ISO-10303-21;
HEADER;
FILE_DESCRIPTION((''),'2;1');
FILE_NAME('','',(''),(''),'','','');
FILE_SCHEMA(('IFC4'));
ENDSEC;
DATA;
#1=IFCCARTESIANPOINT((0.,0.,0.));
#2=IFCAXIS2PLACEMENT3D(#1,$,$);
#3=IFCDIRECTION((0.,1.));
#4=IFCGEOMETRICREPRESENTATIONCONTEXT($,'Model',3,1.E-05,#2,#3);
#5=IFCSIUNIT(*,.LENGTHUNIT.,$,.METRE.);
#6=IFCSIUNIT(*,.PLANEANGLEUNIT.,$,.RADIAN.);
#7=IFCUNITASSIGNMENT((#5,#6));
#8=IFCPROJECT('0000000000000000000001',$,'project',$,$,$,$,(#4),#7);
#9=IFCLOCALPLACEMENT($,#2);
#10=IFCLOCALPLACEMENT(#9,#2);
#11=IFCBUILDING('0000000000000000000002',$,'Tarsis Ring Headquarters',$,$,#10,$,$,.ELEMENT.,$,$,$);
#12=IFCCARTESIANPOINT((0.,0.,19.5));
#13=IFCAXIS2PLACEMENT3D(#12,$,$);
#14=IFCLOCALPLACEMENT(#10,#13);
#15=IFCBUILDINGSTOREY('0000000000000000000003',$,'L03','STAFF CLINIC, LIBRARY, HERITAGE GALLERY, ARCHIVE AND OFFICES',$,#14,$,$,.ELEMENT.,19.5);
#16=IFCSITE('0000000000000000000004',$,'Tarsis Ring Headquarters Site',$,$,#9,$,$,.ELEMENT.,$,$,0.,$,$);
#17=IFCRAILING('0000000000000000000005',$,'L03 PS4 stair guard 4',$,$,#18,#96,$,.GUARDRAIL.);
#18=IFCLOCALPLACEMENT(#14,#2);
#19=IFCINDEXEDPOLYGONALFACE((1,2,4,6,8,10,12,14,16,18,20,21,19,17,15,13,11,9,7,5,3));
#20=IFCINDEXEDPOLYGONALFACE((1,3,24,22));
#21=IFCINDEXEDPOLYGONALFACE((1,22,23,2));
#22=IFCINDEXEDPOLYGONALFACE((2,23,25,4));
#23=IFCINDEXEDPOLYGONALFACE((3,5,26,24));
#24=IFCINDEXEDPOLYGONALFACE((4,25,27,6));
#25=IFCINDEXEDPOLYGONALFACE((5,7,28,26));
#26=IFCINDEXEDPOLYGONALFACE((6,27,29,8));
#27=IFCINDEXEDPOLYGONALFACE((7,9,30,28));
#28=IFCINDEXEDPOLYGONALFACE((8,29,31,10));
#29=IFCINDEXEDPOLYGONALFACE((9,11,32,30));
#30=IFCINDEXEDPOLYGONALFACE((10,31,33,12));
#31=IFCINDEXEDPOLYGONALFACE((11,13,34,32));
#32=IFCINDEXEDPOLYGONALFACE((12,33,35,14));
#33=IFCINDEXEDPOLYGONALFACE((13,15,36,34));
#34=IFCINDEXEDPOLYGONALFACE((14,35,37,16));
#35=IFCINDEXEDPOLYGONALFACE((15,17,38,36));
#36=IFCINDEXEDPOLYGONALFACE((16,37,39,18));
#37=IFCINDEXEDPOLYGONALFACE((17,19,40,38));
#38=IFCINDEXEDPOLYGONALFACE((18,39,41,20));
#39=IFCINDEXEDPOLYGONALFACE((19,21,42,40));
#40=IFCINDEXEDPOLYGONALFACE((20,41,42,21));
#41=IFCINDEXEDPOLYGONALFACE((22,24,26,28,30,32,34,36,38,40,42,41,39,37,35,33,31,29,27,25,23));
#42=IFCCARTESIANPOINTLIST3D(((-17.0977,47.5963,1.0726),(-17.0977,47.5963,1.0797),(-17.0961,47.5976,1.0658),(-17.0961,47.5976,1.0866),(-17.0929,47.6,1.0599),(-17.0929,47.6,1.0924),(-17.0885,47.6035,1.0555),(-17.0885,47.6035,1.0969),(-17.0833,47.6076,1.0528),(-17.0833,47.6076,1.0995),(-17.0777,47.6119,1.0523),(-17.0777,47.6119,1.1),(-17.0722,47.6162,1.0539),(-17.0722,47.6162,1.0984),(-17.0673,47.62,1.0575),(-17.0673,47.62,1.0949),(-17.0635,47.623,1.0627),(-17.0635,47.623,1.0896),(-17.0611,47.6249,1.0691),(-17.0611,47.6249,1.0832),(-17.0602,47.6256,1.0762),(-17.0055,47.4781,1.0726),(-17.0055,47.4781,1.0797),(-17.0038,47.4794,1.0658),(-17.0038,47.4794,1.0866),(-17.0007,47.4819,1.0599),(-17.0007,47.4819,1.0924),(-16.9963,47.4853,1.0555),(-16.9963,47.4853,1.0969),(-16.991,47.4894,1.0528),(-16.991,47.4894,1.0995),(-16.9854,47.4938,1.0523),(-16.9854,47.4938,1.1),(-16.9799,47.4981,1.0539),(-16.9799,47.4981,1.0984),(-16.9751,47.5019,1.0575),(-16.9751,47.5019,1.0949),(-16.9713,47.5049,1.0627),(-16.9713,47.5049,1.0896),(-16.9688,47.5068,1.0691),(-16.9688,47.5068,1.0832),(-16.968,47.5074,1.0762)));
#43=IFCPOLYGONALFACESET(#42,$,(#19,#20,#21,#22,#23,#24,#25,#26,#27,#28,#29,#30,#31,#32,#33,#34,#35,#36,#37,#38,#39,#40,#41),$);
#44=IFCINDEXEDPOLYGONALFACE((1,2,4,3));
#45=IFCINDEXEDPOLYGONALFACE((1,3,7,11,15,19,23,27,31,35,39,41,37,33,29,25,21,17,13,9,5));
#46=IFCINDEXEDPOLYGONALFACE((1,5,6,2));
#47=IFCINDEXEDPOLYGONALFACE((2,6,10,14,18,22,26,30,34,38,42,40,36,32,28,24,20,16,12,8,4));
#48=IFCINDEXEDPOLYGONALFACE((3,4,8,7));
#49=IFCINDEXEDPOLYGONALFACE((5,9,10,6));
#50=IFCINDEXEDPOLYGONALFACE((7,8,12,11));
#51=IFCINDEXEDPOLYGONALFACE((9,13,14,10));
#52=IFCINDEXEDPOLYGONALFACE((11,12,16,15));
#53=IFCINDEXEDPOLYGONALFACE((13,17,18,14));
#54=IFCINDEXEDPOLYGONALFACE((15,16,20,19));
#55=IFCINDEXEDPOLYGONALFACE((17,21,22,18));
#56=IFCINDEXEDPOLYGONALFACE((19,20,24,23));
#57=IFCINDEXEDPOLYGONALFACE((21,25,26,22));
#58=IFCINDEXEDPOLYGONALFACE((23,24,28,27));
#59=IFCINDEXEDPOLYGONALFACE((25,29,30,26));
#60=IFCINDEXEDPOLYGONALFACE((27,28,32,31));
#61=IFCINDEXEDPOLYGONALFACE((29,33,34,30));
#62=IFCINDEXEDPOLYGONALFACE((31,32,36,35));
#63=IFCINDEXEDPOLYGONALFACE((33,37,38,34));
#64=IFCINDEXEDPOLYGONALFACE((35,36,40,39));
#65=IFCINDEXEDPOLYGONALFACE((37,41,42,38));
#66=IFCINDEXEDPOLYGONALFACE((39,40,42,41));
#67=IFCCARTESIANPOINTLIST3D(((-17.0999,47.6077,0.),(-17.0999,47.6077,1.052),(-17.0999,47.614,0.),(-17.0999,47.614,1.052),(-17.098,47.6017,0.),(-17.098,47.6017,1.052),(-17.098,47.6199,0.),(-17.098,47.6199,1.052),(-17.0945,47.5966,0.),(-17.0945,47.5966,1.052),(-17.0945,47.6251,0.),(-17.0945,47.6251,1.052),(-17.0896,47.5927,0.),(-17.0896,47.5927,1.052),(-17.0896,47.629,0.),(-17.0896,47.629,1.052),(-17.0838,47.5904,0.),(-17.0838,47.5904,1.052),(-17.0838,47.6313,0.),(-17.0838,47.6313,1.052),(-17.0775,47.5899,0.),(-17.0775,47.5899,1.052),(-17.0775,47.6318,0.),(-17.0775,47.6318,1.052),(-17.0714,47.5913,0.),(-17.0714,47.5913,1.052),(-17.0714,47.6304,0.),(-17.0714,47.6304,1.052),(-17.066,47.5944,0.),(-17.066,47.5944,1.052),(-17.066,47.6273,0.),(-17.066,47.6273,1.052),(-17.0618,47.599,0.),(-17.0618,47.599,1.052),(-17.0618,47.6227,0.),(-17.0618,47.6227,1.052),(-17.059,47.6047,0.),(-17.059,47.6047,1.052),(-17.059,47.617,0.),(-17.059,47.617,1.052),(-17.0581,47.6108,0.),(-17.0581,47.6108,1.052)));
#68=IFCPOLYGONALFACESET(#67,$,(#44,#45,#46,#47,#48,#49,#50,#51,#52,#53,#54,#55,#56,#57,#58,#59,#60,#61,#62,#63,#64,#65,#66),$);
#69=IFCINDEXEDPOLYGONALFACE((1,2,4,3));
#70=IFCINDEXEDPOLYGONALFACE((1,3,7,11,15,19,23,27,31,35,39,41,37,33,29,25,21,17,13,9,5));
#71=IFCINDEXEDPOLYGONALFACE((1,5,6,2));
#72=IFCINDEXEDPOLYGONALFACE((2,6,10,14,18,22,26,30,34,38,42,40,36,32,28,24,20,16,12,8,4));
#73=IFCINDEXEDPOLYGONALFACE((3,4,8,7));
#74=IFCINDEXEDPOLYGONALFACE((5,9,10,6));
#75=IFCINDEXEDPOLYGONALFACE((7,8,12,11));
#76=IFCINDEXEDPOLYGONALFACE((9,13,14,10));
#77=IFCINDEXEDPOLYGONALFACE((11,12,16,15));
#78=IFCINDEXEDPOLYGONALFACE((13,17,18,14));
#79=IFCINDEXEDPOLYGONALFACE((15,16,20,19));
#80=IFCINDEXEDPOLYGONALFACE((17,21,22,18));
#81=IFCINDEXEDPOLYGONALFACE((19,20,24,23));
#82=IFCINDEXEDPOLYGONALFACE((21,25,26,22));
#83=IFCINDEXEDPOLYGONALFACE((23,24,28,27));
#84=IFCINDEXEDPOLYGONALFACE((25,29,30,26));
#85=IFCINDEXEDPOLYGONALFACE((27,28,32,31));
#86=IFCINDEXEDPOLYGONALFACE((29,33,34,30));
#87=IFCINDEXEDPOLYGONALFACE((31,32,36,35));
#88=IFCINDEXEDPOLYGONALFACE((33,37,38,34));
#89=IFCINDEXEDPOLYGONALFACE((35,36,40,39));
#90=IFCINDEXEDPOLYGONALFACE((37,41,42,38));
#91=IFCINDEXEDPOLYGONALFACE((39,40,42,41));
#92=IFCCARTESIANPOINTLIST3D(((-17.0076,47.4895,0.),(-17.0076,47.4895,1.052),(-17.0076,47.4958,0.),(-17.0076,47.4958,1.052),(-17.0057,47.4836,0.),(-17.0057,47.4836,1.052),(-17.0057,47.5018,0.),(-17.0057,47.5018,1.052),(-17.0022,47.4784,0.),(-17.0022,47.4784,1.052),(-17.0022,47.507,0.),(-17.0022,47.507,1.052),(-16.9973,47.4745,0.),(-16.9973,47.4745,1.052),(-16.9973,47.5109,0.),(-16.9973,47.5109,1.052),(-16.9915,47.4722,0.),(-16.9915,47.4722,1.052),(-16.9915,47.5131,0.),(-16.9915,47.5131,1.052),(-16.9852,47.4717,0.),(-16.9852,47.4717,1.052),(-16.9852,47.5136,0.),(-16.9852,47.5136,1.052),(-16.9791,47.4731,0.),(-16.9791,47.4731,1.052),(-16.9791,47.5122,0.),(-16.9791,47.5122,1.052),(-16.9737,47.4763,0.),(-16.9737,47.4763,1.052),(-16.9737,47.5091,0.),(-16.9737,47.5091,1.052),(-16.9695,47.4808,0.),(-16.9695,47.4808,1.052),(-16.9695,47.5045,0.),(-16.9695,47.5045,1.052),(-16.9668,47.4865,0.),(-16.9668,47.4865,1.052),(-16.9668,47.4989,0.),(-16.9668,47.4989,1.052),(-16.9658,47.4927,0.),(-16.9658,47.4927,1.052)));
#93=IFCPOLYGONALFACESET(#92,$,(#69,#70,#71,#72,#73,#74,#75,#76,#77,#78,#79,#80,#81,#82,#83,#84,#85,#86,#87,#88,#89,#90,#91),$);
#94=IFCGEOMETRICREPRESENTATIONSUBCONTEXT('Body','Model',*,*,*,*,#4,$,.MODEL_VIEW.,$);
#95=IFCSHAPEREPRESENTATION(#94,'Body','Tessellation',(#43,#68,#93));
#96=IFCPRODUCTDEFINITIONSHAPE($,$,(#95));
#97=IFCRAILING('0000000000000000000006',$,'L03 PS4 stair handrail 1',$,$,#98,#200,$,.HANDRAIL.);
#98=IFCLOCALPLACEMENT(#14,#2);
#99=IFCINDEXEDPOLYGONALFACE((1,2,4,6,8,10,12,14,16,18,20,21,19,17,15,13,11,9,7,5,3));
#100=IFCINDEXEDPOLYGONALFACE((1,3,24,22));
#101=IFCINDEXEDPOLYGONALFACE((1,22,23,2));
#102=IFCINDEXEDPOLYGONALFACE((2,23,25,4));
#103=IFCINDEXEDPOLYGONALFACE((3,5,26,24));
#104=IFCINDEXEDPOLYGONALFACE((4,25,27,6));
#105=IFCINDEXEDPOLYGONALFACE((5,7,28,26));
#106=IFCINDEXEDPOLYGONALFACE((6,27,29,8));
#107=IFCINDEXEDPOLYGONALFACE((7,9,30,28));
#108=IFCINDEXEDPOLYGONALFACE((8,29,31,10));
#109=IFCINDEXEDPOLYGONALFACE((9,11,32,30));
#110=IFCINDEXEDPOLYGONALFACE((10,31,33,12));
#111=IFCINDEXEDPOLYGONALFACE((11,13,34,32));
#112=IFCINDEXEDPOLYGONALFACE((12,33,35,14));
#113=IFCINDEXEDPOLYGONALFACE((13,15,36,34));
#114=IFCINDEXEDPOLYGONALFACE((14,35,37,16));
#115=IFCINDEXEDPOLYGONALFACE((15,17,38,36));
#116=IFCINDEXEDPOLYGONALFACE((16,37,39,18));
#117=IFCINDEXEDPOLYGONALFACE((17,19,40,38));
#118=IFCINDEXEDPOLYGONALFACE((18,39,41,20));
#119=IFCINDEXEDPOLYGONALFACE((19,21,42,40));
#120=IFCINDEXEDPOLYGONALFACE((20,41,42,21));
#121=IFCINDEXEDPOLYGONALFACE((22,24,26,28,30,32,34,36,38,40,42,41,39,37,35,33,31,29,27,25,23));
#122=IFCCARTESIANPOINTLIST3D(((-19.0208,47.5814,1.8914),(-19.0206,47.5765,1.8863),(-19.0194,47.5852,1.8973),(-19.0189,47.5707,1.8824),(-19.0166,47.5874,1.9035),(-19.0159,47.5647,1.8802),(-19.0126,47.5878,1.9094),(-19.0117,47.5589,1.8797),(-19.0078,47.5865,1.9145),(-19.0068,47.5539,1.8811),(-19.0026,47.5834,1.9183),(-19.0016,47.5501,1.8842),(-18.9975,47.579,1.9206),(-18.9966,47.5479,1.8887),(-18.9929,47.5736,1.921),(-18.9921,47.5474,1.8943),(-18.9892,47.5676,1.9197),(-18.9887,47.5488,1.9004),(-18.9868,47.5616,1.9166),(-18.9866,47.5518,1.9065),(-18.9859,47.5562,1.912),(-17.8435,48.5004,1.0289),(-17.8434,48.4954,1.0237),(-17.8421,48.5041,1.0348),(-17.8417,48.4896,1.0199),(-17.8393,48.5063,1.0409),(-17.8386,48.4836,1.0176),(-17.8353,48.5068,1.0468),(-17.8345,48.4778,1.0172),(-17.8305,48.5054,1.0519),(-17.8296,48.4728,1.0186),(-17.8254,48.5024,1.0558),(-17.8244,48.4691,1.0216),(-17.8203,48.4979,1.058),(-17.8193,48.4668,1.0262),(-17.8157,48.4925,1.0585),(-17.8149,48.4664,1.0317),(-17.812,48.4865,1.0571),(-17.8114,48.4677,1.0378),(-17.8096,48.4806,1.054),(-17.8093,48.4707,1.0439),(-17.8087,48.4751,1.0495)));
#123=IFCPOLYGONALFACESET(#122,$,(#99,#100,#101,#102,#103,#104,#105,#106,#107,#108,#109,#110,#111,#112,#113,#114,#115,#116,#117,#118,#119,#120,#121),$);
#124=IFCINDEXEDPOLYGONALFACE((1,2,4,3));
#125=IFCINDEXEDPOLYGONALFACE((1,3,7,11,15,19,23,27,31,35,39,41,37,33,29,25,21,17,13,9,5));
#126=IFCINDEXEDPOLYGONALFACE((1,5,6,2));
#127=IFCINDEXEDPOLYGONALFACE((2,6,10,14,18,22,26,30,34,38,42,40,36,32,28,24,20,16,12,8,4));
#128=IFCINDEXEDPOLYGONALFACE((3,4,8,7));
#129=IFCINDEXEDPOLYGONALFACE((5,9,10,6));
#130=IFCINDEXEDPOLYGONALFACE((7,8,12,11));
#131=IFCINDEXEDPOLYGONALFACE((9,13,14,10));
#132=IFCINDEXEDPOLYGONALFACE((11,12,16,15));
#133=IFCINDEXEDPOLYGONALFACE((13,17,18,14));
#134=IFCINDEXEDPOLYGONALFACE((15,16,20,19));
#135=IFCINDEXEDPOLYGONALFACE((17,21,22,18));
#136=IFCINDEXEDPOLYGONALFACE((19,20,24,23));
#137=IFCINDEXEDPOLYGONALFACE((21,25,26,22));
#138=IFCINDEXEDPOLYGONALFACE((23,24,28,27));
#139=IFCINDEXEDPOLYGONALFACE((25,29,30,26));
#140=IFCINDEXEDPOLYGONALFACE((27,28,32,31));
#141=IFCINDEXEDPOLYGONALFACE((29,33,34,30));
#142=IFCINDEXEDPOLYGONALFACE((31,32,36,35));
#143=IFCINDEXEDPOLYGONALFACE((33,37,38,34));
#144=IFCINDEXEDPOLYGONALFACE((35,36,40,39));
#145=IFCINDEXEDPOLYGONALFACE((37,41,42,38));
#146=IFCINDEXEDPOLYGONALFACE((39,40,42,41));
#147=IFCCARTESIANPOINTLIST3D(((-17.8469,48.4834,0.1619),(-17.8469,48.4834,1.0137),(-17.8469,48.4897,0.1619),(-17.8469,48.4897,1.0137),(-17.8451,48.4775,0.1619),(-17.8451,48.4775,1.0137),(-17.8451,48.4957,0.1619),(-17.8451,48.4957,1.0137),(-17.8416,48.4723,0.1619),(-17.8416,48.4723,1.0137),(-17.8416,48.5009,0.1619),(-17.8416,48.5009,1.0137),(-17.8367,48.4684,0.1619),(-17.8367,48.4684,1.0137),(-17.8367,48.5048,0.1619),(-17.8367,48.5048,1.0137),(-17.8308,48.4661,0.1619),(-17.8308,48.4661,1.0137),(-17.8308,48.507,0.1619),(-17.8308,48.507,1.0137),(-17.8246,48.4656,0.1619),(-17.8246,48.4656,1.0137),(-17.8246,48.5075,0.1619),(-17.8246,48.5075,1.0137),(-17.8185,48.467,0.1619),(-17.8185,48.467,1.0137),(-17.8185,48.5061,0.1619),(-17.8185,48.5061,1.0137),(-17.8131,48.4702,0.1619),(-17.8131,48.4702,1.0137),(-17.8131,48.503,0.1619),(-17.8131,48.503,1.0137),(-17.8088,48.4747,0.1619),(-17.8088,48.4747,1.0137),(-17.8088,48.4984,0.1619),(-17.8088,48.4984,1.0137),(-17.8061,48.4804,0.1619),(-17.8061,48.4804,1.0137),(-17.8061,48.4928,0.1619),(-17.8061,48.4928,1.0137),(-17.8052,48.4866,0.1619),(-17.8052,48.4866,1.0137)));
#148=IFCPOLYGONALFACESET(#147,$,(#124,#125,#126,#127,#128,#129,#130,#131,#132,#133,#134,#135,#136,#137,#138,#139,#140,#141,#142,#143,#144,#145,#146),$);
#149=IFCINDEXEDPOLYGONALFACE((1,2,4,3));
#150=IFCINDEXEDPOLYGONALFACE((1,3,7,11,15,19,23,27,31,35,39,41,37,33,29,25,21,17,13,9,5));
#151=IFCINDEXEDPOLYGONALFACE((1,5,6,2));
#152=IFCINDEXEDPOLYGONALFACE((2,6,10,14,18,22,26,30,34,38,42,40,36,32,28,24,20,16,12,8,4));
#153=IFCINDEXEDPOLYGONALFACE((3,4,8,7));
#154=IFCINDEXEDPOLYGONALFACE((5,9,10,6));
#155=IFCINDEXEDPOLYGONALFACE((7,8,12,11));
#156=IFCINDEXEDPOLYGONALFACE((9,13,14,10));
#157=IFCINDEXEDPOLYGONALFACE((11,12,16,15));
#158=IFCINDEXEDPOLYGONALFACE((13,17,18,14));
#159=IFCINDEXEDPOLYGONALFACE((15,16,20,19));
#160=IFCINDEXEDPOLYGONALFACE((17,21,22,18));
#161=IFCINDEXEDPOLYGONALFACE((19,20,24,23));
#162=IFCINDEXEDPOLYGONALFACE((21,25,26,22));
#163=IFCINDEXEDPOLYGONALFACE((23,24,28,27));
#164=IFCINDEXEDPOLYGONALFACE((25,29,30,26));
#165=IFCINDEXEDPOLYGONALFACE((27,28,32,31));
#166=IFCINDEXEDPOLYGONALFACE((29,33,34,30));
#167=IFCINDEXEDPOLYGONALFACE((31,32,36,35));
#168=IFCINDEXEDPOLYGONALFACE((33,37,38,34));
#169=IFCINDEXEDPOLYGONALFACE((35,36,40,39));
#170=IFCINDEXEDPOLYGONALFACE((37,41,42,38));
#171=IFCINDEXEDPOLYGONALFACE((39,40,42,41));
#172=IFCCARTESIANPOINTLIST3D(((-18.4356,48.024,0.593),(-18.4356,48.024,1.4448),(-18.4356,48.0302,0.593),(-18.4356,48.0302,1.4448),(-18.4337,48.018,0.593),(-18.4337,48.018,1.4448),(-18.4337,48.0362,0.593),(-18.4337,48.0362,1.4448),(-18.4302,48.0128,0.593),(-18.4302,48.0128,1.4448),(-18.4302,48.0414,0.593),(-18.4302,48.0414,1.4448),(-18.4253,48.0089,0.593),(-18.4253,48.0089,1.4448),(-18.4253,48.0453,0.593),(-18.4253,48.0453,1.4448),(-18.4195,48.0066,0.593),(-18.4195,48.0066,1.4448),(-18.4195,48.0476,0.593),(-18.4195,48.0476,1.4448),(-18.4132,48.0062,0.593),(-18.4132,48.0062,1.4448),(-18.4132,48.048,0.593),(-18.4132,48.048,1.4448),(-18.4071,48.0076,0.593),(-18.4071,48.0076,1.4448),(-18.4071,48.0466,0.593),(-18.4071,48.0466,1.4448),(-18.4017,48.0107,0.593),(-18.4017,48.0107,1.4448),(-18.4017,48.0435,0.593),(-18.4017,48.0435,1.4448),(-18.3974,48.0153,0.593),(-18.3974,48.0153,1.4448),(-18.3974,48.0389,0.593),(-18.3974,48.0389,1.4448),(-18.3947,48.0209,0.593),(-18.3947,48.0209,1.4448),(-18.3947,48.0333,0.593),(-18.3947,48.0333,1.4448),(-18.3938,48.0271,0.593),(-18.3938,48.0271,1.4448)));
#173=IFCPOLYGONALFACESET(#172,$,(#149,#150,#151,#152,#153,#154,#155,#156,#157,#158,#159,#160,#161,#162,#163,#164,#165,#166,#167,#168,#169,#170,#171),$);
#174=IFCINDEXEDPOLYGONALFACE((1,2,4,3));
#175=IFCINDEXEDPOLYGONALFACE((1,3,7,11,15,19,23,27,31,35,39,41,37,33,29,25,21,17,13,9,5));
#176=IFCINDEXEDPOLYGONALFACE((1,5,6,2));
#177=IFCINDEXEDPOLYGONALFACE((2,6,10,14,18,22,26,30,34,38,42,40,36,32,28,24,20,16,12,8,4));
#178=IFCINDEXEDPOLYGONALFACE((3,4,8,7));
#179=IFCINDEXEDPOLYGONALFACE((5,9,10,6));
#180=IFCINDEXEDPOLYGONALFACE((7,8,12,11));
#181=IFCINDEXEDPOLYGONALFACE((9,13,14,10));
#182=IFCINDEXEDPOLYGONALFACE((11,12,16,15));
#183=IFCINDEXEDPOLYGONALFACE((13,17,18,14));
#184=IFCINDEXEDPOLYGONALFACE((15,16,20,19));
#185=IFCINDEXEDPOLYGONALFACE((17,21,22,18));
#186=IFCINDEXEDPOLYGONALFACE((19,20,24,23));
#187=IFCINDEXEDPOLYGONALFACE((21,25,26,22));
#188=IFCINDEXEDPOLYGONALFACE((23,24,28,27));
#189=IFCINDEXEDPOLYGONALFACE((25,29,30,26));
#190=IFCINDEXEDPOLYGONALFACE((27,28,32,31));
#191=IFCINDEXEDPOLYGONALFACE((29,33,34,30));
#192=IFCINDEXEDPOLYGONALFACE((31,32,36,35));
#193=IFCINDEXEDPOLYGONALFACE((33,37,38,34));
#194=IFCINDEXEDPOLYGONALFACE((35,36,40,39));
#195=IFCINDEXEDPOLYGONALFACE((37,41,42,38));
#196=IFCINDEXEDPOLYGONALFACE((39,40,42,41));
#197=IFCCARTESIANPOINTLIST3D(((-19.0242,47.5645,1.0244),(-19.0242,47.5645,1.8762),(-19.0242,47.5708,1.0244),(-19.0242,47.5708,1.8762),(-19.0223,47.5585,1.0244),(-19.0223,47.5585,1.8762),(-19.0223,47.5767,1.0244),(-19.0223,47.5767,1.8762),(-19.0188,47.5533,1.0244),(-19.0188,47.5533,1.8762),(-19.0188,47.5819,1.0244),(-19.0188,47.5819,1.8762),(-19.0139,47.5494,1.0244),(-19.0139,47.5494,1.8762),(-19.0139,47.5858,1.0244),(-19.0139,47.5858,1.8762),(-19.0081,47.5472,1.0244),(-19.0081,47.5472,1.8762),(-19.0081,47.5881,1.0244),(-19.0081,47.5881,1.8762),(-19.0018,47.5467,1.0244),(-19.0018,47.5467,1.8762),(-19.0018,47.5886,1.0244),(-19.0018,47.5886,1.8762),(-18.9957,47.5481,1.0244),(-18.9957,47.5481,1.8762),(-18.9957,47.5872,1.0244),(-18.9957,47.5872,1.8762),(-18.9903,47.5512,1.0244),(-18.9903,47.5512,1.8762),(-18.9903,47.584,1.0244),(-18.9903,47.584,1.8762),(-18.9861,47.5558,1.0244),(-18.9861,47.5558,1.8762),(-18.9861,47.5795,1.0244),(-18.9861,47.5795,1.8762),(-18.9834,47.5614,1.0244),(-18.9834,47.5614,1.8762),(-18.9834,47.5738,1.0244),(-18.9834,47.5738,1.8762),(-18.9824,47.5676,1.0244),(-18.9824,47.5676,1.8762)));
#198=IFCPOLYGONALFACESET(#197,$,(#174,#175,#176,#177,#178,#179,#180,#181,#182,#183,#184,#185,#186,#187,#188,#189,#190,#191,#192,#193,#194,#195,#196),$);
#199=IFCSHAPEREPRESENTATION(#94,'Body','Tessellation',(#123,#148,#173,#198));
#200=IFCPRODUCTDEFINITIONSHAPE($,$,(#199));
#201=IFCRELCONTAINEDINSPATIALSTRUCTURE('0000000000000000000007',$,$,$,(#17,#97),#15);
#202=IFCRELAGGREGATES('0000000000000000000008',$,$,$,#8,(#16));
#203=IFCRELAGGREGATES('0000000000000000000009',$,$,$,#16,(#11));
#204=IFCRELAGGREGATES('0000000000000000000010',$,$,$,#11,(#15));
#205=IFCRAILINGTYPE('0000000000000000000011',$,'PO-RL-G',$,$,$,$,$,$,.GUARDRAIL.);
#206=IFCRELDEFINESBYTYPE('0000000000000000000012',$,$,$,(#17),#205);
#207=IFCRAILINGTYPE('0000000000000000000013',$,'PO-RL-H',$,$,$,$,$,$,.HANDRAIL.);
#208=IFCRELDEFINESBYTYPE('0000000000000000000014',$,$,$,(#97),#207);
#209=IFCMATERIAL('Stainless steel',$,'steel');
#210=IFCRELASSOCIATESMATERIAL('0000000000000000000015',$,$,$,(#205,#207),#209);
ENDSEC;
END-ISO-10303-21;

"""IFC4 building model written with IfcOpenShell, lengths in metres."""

from ifc_helpers import new_model, si_unit, direction, frame, origin, origin_2d, place, context, subcontext, project, spatial, circle, extrude, material, type_object, element, save


model = new_model("IFC4")

# Units and contexts
model_context = context("Model", 3, precision=1e-05, world=origin(), true_north=direction((0.0, 1.0)))
body_context = subcontext(model_context, "Body", "Model", "MODEL_VIEW")
ifc_project = project(units=[si_unit("LENGTHUNIT", "METRE"), si_unit("PLANEANGLEUNIT", "RADIAN")], contexts=[model_context])

# Site, building, storey
site_placement = place(None, origin())
site = spatial("IfcSite", under=ifc_project, at=site_placement, Name="Tarsis Ring Headquarters Site", CompositionType="ELEMENT", RefElevation=0.0)
building_placement = place(site_placement, origin())
building = spatial("IfcBuilding", under=site, at=building_placement, Name="Tarsis Ring Headquarters", CompositionType="ELEMENT")
storey_placement = place(building_placement, frame((0.0, 0.0, 19.5)))
storey = spatial("IfcBuildingStorey", under=building, at=storey_placement, Name="L03", Description="STAFF CLINIC, LIBRARY, HERITAGE GALLERY, ARCHIVE AND OFFICES", CompositionType="ELEMENT", Elevation=19.5)

# Railings
ifc_material_1 = material(Name="Stainless steel", Category="steel")
railing_type_1 = type_object("IfcRailingType", Name="PO-RL-G", PredefinedType="GUARDRAIL", material=ifc_material_1)
railing_1_placement = place(storey_placement, frame((-17.0791, 47.6108, 0.0)))
element("IfcRailing", 1, at=railing_1_placement, inside=storey, type_object=railing_type_1, Name="L03 PS4 stair guard 4", PredefinedType="GUARDRAIL", context=body_context, shape_type="SweptSolid", body=[
    extrude(circle(Radius=0.0239, at=origin_2d()), frame((0.0, 0.0, 1.0762), z_axis=(0.615518, -0.788123, 0.0), x_axis=(0.788123, 0.615518, 0.0)), (0.0, 0.0, 1.0), 0.1499),
    extrude(circle(Radius=0.021, at=origin_2d()), origin(), (0.0, 0.0, 1.0), 1.052),
    extrude(circle(Radius=0.021, at=origin_2d()), frame((0.0923, -0.1182, 0.0)), (0.0, 0.0, 1.0), 1.052),
])
railing_type_2 = type_object("IfcRailingType", Name="PO-RL-H", PredefinedType="HANDRAIL", material=ifc_material_1)
railing_2_placement = place(storey_placement, frame((-17.8262, 48.4866, 0.1619)))
element("IfcRailing", 2, at=railing_2_placement, inside=storey, type_object=railing_type_2, Name="L03 PS4 stair handrail 1", PredefinedType="HANDRAIL", context=body_context, shape_type="SweptSolid", body=[
    extrude(circle(Radius=0.0239, at=origin_2d()), frame((0.0, 0.0, 0.876), z_axis=(-0.682607, -0.532835, 0.500135), x_axis=(0.61532, -0.788277, 0.0)), (0.0, 0.0, 1.0), 1.7246),
    extrude(circle(Radius=0.021, at=origin_2d()), origin(), (0.0, 0.0, 1.0), 0.8518),
    extrude(circle(Radius=0.021, at=origin_2d()), frame((-0.5886, -0.4595, 0.4312)), (0.0, 0.0, 1.0), 0.8518),
    extrude(circle(Radius=0.021, at=origin_2d()), frame((-1.1772, -0.9189, 0.8625)), (0.0, 0.0, 1.0), 0.8518),
])

save(model, "model.ifc")
